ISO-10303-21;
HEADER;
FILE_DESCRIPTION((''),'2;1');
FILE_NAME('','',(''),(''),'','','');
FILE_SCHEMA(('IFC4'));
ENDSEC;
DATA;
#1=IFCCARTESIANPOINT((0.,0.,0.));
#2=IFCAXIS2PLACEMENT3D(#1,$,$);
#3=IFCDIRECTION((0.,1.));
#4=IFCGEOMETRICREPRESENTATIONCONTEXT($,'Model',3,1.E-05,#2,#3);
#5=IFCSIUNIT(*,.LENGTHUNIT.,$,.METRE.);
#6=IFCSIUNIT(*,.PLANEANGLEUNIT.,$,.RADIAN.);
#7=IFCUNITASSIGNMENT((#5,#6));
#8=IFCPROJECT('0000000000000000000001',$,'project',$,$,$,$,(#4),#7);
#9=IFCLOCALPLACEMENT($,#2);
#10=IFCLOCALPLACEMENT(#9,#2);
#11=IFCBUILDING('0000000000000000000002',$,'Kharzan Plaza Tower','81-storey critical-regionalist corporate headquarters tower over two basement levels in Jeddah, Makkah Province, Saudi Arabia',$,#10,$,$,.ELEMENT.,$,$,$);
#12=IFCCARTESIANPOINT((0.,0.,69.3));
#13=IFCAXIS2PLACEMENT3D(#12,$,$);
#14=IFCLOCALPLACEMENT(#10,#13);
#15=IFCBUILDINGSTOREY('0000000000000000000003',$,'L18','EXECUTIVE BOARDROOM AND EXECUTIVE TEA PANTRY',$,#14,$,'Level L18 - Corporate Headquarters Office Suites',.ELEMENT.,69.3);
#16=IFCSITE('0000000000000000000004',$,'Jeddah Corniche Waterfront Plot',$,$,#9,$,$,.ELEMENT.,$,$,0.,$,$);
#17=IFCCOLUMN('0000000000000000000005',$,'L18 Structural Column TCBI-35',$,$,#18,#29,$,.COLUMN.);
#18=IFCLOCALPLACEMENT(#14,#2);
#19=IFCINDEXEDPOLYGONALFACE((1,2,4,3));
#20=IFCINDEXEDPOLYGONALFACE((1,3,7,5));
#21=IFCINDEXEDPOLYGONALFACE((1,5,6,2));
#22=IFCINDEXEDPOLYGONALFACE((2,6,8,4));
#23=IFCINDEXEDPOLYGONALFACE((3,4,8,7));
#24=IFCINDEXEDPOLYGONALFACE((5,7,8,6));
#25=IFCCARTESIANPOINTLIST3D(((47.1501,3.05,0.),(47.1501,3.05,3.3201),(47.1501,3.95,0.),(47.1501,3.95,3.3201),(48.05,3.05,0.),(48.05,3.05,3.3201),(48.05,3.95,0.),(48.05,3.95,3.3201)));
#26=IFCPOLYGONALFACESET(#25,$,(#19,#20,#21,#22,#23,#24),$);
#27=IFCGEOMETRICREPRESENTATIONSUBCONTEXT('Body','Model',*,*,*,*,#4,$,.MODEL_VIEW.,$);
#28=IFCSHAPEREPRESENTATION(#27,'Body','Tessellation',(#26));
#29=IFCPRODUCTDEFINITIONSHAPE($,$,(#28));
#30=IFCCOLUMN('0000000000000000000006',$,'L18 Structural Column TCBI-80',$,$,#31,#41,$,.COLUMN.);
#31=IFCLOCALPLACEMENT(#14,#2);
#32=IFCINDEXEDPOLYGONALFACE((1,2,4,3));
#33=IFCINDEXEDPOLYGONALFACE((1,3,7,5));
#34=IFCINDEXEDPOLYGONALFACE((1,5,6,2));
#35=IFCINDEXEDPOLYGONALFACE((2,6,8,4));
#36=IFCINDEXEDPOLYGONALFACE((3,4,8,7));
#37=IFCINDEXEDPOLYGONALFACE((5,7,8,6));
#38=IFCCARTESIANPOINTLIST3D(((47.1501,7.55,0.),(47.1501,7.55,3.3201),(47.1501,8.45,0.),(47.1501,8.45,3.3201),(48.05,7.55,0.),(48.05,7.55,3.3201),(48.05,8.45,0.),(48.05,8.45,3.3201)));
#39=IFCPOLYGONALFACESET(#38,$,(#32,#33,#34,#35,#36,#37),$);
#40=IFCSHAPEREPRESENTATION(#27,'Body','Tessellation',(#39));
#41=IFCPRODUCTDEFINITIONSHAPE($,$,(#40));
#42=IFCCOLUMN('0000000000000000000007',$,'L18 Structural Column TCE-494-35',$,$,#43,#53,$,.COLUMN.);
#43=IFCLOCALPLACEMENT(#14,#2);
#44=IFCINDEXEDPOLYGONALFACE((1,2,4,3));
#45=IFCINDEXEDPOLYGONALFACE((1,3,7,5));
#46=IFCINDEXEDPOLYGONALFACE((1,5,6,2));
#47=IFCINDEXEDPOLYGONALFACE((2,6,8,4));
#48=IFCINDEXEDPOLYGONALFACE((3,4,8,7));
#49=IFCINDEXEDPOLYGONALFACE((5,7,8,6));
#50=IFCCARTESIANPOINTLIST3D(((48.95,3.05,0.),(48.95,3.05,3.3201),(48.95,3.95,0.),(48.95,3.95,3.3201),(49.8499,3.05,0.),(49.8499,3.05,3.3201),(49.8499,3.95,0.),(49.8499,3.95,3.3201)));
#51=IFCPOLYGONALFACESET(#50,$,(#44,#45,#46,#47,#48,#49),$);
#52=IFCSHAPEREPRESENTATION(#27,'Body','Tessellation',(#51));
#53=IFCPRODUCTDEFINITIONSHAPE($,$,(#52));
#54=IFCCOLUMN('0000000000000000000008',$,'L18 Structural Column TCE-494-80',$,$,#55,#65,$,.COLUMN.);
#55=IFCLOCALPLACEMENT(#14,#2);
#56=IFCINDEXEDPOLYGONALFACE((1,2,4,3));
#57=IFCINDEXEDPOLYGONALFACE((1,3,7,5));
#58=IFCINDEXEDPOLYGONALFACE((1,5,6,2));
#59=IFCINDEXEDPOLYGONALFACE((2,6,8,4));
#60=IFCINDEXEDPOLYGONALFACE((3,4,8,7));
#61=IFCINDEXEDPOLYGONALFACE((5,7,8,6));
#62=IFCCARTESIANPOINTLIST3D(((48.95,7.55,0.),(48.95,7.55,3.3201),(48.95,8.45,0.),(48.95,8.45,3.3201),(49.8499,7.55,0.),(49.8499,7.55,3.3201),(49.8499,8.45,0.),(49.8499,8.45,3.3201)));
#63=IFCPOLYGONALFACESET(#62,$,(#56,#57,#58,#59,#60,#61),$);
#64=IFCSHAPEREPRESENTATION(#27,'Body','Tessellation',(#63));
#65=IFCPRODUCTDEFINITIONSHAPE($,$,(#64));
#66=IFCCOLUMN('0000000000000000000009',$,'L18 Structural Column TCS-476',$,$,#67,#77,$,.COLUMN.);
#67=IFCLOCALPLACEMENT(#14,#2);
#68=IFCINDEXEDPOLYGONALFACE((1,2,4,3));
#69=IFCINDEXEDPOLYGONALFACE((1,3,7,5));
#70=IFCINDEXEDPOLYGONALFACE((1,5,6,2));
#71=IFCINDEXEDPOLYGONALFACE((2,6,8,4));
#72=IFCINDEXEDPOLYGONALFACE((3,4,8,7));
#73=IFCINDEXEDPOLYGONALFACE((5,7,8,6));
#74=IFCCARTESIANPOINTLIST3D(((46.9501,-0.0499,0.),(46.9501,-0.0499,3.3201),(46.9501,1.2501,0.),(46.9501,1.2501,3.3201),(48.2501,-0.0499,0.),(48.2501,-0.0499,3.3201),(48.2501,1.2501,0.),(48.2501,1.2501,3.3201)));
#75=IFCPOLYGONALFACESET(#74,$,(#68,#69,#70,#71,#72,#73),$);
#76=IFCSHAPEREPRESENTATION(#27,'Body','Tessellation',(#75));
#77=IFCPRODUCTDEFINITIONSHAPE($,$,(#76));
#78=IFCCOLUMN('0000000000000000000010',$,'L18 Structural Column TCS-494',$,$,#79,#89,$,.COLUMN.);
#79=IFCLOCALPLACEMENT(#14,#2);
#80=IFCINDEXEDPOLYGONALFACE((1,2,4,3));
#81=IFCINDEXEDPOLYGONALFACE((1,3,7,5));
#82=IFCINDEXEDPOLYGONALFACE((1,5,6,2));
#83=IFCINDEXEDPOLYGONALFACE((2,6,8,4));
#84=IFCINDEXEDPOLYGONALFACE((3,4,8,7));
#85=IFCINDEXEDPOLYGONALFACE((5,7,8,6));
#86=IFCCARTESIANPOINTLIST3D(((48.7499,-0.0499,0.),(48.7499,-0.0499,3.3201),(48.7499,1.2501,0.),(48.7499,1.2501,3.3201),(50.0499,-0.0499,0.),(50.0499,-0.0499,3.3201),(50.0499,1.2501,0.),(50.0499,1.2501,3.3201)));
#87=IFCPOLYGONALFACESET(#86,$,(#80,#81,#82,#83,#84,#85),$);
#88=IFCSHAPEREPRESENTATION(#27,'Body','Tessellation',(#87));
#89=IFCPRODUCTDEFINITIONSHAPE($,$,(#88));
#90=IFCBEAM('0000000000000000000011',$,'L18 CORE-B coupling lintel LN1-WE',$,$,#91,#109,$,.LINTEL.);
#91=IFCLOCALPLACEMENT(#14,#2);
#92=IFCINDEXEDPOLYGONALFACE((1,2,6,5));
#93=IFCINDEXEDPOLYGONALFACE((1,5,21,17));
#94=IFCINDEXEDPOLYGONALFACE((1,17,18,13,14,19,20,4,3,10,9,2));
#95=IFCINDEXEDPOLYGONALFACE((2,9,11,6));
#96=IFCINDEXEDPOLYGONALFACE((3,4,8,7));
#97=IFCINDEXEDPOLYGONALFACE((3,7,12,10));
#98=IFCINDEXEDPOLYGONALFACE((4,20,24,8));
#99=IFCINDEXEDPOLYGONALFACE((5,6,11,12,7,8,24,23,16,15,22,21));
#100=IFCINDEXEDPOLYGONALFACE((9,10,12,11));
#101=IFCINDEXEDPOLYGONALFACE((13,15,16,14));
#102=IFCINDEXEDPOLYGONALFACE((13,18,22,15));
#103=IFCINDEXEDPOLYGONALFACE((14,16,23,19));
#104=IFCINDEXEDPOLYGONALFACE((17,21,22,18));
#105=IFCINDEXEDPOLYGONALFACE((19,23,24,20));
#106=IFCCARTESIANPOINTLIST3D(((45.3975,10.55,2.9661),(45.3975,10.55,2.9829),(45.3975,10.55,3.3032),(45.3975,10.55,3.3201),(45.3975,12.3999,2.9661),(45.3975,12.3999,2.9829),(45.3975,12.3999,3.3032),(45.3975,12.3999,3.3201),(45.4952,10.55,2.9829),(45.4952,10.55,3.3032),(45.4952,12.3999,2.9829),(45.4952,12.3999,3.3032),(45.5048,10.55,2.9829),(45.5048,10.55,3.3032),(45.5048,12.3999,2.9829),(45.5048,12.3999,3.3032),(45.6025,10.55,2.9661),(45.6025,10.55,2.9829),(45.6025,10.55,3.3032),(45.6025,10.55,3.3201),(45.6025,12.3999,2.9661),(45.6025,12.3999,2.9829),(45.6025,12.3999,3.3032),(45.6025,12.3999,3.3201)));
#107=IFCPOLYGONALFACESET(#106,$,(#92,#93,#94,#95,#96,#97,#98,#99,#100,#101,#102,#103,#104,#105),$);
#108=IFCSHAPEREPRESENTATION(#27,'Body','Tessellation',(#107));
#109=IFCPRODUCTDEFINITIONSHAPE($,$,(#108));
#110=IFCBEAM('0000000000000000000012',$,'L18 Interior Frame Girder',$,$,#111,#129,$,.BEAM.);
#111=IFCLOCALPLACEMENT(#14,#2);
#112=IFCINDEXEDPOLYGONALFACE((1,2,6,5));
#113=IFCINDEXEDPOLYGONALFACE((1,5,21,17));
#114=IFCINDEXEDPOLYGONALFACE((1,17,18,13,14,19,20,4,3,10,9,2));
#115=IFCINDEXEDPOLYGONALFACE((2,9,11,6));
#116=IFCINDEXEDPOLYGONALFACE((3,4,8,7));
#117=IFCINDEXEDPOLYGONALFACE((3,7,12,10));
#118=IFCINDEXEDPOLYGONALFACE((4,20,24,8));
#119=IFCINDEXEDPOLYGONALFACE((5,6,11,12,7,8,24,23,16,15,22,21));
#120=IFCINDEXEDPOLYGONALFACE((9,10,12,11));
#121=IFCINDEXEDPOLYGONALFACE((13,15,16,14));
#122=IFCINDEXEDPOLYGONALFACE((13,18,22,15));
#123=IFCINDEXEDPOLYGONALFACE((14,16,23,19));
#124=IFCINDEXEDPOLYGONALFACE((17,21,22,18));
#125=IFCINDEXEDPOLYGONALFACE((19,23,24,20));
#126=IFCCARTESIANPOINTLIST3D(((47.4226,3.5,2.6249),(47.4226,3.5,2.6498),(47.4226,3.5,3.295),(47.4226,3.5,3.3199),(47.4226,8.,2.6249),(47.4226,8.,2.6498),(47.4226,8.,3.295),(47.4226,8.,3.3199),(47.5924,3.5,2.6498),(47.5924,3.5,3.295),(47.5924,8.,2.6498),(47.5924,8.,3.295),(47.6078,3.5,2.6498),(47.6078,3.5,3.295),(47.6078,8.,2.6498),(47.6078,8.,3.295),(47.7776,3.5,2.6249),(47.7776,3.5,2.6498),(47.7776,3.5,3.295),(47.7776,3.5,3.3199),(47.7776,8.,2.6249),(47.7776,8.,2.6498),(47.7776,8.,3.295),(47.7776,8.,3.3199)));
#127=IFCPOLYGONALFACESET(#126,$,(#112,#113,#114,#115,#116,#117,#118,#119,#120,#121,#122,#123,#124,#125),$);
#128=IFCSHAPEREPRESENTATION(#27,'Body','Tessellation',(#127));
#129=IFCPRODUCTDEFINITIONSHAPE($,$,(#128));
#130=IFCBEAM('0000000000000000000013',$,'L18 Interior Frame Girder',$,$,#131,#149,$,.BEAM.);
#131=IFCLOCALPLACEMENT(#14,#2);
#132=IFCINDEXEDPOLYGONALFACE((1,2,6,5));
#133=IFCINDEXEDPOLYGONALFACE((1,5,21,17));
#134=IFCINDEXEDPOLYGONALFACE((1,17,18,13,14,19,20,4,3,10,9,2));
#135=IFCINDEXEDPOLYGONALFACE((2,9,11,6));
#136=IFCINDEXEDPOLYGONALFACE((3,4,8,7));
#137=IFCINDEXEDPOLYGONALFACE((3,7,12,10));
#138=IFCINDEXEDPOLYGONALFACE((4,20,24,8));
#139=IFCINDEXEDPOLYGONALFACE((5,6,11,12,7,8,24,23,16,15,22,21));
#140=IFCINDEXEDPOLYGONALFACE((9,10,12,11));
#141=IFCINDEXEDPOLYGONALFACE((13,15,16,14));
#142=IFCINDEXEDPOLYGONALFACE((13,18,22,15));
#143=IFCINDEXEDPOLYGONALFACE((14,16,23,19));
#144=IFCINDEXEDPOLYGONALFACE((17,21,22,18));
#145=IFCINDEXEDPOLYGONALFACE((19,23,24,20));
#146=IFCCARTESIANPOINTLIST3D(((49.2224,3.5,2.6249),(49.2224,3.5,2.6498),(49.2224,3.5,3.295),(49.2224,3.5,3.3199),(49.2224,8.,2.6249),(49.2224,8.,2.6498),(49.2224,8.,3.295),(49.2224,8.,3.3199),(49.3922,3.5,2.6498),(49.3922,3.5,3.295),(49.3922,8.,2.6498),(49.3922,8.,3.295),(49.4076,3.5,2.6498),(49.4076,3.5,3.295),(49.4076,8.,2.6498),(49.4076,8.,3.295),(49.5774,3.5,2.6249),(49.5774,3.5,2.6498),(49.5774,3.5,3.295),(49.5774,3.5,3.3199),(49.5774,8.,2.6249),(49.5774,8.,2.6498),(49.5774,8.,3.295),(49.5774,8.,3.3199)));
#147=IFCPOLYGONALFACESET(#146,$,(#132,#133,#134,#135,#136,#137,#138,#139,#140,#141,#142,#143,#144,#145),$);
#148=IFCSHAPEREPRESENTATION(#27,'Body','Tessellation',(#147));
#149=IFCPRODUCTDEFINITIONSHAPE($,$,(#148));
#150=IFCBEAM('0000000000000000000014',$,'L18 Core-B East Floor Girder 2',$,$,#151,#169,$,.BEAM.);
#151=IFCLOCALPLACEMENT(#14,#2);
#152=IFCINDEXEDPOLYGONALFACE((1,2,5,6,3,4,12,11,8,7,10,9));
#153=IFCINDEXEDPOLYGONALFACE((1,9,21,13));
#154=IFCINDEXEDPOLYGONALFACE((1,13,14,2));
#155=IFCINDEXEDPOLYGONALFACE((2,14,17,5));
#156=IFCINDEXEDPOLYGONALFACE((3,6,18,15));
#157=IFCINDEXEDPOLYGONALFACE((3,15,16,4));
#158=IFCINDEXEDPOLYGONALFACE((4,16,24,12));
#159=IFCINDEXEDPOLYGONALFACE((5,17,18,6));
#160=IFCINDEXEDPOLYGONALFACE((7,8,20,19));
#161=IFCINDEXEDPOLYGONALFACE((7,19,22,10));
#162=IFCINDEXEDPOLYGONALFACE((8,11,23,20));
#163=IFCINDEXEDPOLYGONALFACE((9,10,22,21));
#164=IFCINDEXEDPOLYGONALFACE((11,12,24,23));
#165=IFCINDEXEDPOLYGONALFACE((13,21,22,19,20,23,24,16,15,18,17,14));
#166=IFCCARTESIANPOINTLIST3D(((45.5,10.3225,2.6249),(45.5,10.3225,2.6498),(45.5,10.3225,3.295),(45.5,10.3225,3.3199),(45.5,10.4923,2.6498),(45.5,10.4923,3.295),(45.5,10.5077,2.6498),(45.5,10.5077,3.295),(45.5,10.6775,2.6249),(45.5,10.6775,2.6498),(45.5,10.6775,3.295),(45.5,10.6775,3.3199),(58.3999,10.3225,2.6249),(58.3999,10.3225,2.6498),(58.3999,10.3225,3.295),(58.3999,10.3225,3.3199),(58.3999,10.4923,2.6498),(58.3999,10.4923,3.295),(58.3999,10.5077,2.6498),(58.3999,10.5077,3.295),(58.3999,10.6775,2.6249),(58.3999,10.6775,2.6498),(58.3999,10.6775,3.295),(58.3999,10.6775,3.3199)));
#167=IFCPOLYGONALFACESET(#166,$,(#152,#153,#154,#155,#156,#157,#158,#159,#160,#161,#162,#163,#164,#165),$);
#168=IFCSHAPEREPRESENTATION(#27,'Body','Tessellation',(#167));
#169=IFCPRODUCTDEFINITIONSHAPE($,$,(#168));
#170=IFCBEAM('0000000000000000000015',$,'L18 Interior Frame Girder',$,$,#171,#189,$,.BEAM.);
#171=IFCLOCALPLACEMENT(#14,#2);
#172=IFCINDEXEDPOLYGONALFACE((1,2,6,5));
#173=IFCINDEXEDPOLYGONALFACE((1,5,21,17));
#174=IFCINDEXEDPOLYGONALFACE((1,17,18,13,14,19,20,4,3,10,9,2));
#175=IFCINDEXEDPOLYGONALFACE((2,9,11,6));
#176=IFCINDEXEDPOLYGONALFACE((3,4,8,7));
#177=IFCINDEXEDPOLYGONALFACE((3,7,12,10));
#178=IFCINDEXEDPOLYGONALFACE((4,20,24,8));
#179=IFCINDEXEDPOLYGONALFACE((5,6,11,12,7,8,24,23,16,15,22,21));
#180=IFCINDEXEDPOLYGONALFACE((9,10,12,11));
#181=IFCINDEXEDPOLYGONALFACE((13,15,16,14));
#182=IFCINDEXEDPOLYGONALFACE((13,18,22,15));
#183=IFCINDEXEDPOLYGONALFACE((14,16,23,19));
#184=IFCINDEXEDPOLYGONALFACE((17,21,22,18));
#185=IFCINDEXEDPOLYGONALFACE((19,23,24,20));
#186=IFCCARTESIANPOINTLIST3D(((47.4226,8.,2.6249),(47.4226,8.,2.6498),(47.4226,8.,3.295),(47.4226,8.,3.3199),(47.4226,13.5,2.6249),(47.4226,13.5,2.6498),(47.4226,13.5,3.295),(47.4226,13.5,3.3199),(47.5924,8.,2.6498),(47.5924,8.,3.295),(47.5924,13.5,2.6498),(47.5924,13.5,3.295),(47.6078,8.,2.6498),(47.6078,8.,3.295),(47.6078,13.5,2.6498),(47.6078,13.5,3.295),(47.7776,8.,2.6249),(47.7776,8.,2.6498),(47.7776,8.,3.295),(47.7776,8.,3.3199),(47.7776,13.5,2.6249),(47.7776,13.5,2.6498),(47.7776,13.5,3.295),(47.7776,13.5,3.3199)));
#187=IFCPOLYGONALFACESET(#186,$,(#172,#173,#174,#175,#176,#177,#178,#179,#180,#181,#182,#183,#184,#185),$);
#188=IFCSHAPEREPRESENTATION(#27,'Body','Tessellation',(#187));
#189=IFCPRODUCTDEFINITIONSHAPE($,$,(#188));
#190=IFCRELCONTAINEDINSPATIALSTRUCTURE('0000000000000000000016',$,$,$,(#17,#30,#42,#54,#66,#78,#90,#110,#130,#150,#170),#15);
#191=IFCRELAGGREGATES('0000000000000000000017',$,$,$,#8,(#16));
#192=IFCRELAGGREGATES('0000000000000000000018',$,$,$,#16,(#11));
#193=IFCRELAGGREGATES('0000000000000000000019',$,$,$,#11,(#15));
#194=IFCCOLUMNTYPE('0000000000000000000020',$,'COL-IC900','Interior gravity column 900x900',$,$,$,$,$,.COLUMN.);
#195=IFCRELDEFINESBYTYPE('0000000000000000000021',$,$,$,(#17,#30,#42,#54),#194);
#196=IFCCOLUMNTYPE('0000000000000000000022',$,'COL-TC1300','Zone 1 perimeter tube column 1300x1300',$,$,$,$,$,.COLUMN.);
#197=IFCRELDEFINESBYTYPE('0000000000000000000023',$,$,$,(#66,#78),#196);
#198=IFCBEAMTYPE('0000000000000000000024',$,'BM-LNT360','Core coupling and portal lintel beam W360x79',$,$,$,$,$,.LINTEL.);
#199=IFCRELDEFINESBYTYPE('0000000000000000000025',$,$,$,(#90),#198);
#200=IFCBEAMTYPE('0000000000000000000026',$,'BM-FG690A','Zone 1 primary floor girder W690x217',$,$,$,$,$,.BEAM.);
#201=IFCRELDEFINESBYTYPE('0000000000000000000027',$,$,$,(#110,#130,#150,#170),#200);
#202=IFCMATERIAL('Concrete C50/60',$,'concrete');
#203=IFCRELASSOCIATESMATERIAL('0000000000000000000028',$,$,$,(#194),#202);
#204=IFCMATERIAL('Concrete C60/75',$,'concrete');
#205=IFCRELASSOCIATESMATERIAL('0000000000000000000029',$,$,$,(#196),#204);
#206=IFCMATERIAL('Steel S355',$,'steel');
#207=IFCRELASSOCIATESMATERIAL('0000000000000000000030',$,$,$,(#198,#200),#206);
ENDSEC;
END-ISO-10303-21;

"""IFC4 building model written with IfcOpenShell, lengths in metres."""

from ifc_helpers import new_model, si_unit, direction, frame, origin, origin_2d, place, context, subcontext, project, spatial, rectangle, i_section, extrude, source, transform, mapped, material, material_profile, profile_set, type_object, element, save


model = new_model("IFC4")

# Units and contexts
model_context = context("Model", 3, precision=1e-05, world=origin(), true_north=direction((0.0, 1.0)))
body_context = subcontext(model_context, "Body", "Model", "MODEL_VIEW")
ifc_project = project(units=[si_unit("LENGTHUNIT", "METRE"), si_unit("PLANEANGLEUNIT", "RADIAN")], contexts=[model_context])

# Site, building, storey
site_placement = place(None, origin())
site = spatial("IfcSite", under=ifc_project, at=site_placement, Name="Jeddah Corniche Waterfront Plot", CompositionType="ELEMENT", RefElevation=0.0)
building_placement = place(site_placement, origin())
building = spatial("IfcBuilding", under=site, at=building_placement, Name="Kharzan Plaza Tower", Description="81-storey critical-regionalist corporate headquarters tower over two basement levels in Jeddah, Makkah Province, Saudi Arabia", CompositionType="ELEMENT")
storey_placement = place(building_placement, frame((0.0, 0.0, 69.3)))
storey = spatial("IfcBuildingStorey", under=building, at=storey_placement, Name="L18", Description="EXECUTIVE BOARDROOM AND EXECUTIVE TEA PANTRY", LongName="Level L18 - Corporate Headquarters Office Suites", CompositionType="ELEMENT", Elevation=69.3)

# Columns
ifc_material_1 = material(Name="Concrete C50/60", Category="concrete")
ifc_material_profile_1 = material_profile(ifc_material_1, rectangle(XDim=0.8999, YDim=0.8999, at=origin_2d()), Name="RC-IC900x900")
ifc_profile_set_1 = profile_set([ifc_material_profile_1], Name="Concrete C50/60")
column_type_1 = type_object("IfcColumnType", Name="COL-IC900", Description="Interior gravity column 900x900", PredefinedType="COLUMN", material=ifc_profile_set_1)
shared_shape_1 = source(origin(), body_context, "Body", "SweptSolid", [
    extrude(rectangle(XDim=0.8999, YDim=0.8999, at=origin_2d()), origin(), (0.0, 0.0, 1.0), 3.3201),
])
for number, where, z_axis, x_axis, name in (
    (1, (47.6001, 3.5, 0.0), (0.0, 0.0, 1.0), (1.0, 0.0, 0.0), "L18 Structural Column TCBI-35"),
    (2, (47.6001, 8.0, 0.0), (0.0, 0.0, 1.0), (1.0, 0.0, 0.0), "L18 Structural Column TCBI-80"),
    (3, (49.3999, 3.5, 0.0), (0.0, 0.0, 1.0), (1.0, 0.0, 0.0), "L18 Structural Column TCE-494-35"),
    (4, (49.3999, 8.0, 0.0), (0.0, 0.0, 1.0), (1.0, 0.0, 0.0), "L18 Structural Column TCE-494-80"),
):
    element("IfcColumn", number, at=place(storey_placement, frame(where, z_axis=z_axis, x_axis=x_axis)), inside=storey, type_object=column_type_1, Name=name, PredefinedType="COLUMN", context=body_context, shape_type="MappedRepresentation", body=[
        mapped(shared_shape_1, transform((0.0, 0.0, 0.0), x_axis=(1.0, 0.0, 0.0), y_axis=(0.0, 1.0, 0.0), z_axis=(0.0, 0.0, 1.0))),
    ])
ifc_material_2 = material(Name="Concrete C60/75", Category="concrete")
ifc_material_profile_2 = material_profile(ifc_material_2, rectangle(XDim=1.3, YDim=1.3, at=origin_2d()), Name="RC-TC1300x1300")
ifc_profile_set_2 = profile_set([ifc_material_profile_2], Name="Concrete C60/75")
column_type_2 = type_object("IfcColumnType", Name="COL-TC1300", Description="Zone 1 perimeter tube column 1300x1300", PredefinedType="COLUMN", material=ifc_profile_set_2)
shared_shape_2 = source(origin(), body_context, "Body", "SweptSolid", [
    extrude(rectangle(XDim=1.3, YDim=1.3, at=origin_2d()), origin(), (0.0, 0.0, 1.0), 3.3201),
])
for number, where, z_axis, x_axis, name in (
    (5, (47.6001, 0.6001, 0.0), (0.0, 0.0, 1.0), (1.0, 0.0, 0.0), "L18 Structural Column TCS-476"),
    (6, (49.3999, 0.6001, 0.0), (0.0, 0.0, 1.0), (1.0, 0.0, 0.0), "L18 Structural Column TCS-494"),
):
    element("IfcColumn", number, at=place(storey_placement, frame(where, z_axis=z_axis, x_axis=x_axis)), inside=storey, type_object=column_type_2, Name=name, PredefinedType="COLUMN", context=body_context, shape_type="MappedRepresentation", body=[
        mapped(shared_shape_2, transform((0.0, 0.0, 0.0), x_axis=(1.0, 0.0, 0.0), y_axis=(0.0, 1.0, 0.0), z_axis=(0.0, 0.0, 1.0))),
    ])

# Beams
ifc_material_3 = material(Name="Steel S355", Category="steel")
ifc_material_profile_3 = material_profile(ifc_material_3, i_section(OverallWidth=0.2051, OverallDepth=0.354, WebThickness=0.0095, FlangeThickness=0.0168, at=origin_2d()), Name="W360x79")
ifc_profile_set_3 = profile_set([ifc_material_profile_3], Name="Steel S355")
beam_type_1 = type_object("IfcBeamType", Name="BM-LNT360", Description="Core coupling and portal lintel beam W360x79", PredefinedType="LINTEL", material=ifc_profile_set_3)
shared_shape_3 = source(origin(), body_context, "Body", "SweptSolid", [
    extrude(i_section(OverallWidth=0.2051, OverallDepth=0.354, WebThickness=0.0095, FlangeThickness=0.0168, at=origin_2d()), origin(), (0.0, 0.0, 1.0), 1.8499),
])
beam_1_placement = place(storey_placement, frame((45.5, 10.55, 3.1431), z_axis=(0.0, 1.0, 0.0), x_axis=(-1.0, 0.0, 0.0)))
element("IfcBeam", 7, at=beam_1_placement, inside=storey, type_object=beam_type_1, Name="L18 CORE-B coupling lintel LN1-WE", PredefinedType="LINTEL", context=body_context, shape_type="MappedRepresentation", body=[
    mapped(shared_shape_3, transform((0.0, 0.0, 0.0), x_axis=(1.0, 0.0, 0.0), y_axis=(0.0, 1.0, 0.0), z_axis=(0.0, 0.0, 1.0))),
])
ifc_material_profile_4 = material_profile(ifc_material_3, i_section(OverallWidth=0.355, OverallDepth=0.6951, WebThickness=0.0154, FlangeThickness=0.0249, at=origin_2d()), Name="W690x217")
ifc_profile_set_4 = profile_set([ifc_material_profile_4], Name="Steel S355")
beam_type_2 = type_object("IfcBeamType", Name="BM-FG690A", Description="Zone 1 primary floor girder W690x217", PredefinedType="BEAM", material=ifc_profile_set_4)
shared_shape_4 = source(origin(), body_context, "Body", "SweptSolid", [
    extrude(i_section(OverallWidth=0.355, OverallDepth=0.6951, WebThickness=0.0154, FlangeThickness=0.0249, at=origin_2d()), origin(), (0.0, 0.0, 1.0), 4.5),
])
for number, where, z_axis, x_axis, name in (
    (8, (47.6001, 3.5, 2.9724), (0.0, 1.0, 0.0), (-1.0, 0.0, 0.0), "L18 Interior Frame Girder"),
    (9, (49.3999, 3.5, 2.9724), (0.0, 1.0, 0.0), (-1.0, 0.0, 0.0), "L18 Interior Frame Girder"),
):
    element("IfcBeam", number, at=place(storey_placement, frame(where, z_axis=z_axis, x_axis=x_axis)), inside=storey, type_object=beam_type_2, Name=name, PredefinedType="BEAM", context=body_context, shape_type="MappedRepresentation", body=[
        mapped(shared_shape_4, transform((0.0, 0.0, 0.0), x_axis=(1.0, 0.0, 0.0), y_axis=(0.0, 1.0, 0.0), z_axis=(0.0, 0.0, 1.0))),
    ])
shared_shape_5 = source(origin(), body_context, "Body", "SweptSolid", [
    extrude(i_section(OverallWidth=0.355, OverallDepth=0.6951, WebThickness=0.0154, FlangeThickness=0.0249, at=origin_2d()), origin(), (0.0, 0.0, 1.0), 12.8999),
])
beam_2_placement = place(storey_placement, frame((45.5, 10.5, 2.9724), z_axis=(1.0, 0.0, 0.0), x_axis=(0.0, 1.0, 0.0)))
element("IfcBeam", 10, at=beam_2_placement, inside=storey, type_object=beam_type_2, Name="L18 Core-B East Floor Girder 2", PredefinedType="BEAM", context=body_context, shape_type="MappedRepresentation", body=[
    mapped(shared_shape_5, transform((0.0, 0.0, 0.0), x_axis=(1.0, 0.0, 0.0), y_axis=(0.0, 1.0, 0.0), z_axis=(0.0, 0.0, 1.0))),
])
shared_shape_6 = source(origin(), body_context, "Body", "SweptSolid", [
    extrude(i_section(OverallWidth=0.355, OverallDepth=0.6951, WebThickness=0.0154, FlangeThickness=0.0249, at=origin_2d()), origin(), (0.0, 0.0, 1.0), 5.5),
])
for number, where, z_axis, x_axis, name in (
    (11, (47.6001, 8.0, 2.9724), (0.0, 1.0, 0.0), (-1.0, 0.0, 0.0), "L18 Interior Frame Girder"),
):
    element("IfcBeam", number, at=place(storey_placement, frame(where, z_axis=z_axis, x_axis=x_axis)), inside=storey, type_object=beam_type_2, Name=name, PredefinedType="BEAM", context=body_context, shape_type="MappedRepresentation", body=[
        mapped(shared_shape_6, transform((0.0, 0.0, 0.0), x_axis=(1.0, 0.0, 0.0), y_axis=(0.0, 1.0, 0.0), z_axis=(0.0, 0.0, 1.0))),
    ])

save(model, "model.ifc")
